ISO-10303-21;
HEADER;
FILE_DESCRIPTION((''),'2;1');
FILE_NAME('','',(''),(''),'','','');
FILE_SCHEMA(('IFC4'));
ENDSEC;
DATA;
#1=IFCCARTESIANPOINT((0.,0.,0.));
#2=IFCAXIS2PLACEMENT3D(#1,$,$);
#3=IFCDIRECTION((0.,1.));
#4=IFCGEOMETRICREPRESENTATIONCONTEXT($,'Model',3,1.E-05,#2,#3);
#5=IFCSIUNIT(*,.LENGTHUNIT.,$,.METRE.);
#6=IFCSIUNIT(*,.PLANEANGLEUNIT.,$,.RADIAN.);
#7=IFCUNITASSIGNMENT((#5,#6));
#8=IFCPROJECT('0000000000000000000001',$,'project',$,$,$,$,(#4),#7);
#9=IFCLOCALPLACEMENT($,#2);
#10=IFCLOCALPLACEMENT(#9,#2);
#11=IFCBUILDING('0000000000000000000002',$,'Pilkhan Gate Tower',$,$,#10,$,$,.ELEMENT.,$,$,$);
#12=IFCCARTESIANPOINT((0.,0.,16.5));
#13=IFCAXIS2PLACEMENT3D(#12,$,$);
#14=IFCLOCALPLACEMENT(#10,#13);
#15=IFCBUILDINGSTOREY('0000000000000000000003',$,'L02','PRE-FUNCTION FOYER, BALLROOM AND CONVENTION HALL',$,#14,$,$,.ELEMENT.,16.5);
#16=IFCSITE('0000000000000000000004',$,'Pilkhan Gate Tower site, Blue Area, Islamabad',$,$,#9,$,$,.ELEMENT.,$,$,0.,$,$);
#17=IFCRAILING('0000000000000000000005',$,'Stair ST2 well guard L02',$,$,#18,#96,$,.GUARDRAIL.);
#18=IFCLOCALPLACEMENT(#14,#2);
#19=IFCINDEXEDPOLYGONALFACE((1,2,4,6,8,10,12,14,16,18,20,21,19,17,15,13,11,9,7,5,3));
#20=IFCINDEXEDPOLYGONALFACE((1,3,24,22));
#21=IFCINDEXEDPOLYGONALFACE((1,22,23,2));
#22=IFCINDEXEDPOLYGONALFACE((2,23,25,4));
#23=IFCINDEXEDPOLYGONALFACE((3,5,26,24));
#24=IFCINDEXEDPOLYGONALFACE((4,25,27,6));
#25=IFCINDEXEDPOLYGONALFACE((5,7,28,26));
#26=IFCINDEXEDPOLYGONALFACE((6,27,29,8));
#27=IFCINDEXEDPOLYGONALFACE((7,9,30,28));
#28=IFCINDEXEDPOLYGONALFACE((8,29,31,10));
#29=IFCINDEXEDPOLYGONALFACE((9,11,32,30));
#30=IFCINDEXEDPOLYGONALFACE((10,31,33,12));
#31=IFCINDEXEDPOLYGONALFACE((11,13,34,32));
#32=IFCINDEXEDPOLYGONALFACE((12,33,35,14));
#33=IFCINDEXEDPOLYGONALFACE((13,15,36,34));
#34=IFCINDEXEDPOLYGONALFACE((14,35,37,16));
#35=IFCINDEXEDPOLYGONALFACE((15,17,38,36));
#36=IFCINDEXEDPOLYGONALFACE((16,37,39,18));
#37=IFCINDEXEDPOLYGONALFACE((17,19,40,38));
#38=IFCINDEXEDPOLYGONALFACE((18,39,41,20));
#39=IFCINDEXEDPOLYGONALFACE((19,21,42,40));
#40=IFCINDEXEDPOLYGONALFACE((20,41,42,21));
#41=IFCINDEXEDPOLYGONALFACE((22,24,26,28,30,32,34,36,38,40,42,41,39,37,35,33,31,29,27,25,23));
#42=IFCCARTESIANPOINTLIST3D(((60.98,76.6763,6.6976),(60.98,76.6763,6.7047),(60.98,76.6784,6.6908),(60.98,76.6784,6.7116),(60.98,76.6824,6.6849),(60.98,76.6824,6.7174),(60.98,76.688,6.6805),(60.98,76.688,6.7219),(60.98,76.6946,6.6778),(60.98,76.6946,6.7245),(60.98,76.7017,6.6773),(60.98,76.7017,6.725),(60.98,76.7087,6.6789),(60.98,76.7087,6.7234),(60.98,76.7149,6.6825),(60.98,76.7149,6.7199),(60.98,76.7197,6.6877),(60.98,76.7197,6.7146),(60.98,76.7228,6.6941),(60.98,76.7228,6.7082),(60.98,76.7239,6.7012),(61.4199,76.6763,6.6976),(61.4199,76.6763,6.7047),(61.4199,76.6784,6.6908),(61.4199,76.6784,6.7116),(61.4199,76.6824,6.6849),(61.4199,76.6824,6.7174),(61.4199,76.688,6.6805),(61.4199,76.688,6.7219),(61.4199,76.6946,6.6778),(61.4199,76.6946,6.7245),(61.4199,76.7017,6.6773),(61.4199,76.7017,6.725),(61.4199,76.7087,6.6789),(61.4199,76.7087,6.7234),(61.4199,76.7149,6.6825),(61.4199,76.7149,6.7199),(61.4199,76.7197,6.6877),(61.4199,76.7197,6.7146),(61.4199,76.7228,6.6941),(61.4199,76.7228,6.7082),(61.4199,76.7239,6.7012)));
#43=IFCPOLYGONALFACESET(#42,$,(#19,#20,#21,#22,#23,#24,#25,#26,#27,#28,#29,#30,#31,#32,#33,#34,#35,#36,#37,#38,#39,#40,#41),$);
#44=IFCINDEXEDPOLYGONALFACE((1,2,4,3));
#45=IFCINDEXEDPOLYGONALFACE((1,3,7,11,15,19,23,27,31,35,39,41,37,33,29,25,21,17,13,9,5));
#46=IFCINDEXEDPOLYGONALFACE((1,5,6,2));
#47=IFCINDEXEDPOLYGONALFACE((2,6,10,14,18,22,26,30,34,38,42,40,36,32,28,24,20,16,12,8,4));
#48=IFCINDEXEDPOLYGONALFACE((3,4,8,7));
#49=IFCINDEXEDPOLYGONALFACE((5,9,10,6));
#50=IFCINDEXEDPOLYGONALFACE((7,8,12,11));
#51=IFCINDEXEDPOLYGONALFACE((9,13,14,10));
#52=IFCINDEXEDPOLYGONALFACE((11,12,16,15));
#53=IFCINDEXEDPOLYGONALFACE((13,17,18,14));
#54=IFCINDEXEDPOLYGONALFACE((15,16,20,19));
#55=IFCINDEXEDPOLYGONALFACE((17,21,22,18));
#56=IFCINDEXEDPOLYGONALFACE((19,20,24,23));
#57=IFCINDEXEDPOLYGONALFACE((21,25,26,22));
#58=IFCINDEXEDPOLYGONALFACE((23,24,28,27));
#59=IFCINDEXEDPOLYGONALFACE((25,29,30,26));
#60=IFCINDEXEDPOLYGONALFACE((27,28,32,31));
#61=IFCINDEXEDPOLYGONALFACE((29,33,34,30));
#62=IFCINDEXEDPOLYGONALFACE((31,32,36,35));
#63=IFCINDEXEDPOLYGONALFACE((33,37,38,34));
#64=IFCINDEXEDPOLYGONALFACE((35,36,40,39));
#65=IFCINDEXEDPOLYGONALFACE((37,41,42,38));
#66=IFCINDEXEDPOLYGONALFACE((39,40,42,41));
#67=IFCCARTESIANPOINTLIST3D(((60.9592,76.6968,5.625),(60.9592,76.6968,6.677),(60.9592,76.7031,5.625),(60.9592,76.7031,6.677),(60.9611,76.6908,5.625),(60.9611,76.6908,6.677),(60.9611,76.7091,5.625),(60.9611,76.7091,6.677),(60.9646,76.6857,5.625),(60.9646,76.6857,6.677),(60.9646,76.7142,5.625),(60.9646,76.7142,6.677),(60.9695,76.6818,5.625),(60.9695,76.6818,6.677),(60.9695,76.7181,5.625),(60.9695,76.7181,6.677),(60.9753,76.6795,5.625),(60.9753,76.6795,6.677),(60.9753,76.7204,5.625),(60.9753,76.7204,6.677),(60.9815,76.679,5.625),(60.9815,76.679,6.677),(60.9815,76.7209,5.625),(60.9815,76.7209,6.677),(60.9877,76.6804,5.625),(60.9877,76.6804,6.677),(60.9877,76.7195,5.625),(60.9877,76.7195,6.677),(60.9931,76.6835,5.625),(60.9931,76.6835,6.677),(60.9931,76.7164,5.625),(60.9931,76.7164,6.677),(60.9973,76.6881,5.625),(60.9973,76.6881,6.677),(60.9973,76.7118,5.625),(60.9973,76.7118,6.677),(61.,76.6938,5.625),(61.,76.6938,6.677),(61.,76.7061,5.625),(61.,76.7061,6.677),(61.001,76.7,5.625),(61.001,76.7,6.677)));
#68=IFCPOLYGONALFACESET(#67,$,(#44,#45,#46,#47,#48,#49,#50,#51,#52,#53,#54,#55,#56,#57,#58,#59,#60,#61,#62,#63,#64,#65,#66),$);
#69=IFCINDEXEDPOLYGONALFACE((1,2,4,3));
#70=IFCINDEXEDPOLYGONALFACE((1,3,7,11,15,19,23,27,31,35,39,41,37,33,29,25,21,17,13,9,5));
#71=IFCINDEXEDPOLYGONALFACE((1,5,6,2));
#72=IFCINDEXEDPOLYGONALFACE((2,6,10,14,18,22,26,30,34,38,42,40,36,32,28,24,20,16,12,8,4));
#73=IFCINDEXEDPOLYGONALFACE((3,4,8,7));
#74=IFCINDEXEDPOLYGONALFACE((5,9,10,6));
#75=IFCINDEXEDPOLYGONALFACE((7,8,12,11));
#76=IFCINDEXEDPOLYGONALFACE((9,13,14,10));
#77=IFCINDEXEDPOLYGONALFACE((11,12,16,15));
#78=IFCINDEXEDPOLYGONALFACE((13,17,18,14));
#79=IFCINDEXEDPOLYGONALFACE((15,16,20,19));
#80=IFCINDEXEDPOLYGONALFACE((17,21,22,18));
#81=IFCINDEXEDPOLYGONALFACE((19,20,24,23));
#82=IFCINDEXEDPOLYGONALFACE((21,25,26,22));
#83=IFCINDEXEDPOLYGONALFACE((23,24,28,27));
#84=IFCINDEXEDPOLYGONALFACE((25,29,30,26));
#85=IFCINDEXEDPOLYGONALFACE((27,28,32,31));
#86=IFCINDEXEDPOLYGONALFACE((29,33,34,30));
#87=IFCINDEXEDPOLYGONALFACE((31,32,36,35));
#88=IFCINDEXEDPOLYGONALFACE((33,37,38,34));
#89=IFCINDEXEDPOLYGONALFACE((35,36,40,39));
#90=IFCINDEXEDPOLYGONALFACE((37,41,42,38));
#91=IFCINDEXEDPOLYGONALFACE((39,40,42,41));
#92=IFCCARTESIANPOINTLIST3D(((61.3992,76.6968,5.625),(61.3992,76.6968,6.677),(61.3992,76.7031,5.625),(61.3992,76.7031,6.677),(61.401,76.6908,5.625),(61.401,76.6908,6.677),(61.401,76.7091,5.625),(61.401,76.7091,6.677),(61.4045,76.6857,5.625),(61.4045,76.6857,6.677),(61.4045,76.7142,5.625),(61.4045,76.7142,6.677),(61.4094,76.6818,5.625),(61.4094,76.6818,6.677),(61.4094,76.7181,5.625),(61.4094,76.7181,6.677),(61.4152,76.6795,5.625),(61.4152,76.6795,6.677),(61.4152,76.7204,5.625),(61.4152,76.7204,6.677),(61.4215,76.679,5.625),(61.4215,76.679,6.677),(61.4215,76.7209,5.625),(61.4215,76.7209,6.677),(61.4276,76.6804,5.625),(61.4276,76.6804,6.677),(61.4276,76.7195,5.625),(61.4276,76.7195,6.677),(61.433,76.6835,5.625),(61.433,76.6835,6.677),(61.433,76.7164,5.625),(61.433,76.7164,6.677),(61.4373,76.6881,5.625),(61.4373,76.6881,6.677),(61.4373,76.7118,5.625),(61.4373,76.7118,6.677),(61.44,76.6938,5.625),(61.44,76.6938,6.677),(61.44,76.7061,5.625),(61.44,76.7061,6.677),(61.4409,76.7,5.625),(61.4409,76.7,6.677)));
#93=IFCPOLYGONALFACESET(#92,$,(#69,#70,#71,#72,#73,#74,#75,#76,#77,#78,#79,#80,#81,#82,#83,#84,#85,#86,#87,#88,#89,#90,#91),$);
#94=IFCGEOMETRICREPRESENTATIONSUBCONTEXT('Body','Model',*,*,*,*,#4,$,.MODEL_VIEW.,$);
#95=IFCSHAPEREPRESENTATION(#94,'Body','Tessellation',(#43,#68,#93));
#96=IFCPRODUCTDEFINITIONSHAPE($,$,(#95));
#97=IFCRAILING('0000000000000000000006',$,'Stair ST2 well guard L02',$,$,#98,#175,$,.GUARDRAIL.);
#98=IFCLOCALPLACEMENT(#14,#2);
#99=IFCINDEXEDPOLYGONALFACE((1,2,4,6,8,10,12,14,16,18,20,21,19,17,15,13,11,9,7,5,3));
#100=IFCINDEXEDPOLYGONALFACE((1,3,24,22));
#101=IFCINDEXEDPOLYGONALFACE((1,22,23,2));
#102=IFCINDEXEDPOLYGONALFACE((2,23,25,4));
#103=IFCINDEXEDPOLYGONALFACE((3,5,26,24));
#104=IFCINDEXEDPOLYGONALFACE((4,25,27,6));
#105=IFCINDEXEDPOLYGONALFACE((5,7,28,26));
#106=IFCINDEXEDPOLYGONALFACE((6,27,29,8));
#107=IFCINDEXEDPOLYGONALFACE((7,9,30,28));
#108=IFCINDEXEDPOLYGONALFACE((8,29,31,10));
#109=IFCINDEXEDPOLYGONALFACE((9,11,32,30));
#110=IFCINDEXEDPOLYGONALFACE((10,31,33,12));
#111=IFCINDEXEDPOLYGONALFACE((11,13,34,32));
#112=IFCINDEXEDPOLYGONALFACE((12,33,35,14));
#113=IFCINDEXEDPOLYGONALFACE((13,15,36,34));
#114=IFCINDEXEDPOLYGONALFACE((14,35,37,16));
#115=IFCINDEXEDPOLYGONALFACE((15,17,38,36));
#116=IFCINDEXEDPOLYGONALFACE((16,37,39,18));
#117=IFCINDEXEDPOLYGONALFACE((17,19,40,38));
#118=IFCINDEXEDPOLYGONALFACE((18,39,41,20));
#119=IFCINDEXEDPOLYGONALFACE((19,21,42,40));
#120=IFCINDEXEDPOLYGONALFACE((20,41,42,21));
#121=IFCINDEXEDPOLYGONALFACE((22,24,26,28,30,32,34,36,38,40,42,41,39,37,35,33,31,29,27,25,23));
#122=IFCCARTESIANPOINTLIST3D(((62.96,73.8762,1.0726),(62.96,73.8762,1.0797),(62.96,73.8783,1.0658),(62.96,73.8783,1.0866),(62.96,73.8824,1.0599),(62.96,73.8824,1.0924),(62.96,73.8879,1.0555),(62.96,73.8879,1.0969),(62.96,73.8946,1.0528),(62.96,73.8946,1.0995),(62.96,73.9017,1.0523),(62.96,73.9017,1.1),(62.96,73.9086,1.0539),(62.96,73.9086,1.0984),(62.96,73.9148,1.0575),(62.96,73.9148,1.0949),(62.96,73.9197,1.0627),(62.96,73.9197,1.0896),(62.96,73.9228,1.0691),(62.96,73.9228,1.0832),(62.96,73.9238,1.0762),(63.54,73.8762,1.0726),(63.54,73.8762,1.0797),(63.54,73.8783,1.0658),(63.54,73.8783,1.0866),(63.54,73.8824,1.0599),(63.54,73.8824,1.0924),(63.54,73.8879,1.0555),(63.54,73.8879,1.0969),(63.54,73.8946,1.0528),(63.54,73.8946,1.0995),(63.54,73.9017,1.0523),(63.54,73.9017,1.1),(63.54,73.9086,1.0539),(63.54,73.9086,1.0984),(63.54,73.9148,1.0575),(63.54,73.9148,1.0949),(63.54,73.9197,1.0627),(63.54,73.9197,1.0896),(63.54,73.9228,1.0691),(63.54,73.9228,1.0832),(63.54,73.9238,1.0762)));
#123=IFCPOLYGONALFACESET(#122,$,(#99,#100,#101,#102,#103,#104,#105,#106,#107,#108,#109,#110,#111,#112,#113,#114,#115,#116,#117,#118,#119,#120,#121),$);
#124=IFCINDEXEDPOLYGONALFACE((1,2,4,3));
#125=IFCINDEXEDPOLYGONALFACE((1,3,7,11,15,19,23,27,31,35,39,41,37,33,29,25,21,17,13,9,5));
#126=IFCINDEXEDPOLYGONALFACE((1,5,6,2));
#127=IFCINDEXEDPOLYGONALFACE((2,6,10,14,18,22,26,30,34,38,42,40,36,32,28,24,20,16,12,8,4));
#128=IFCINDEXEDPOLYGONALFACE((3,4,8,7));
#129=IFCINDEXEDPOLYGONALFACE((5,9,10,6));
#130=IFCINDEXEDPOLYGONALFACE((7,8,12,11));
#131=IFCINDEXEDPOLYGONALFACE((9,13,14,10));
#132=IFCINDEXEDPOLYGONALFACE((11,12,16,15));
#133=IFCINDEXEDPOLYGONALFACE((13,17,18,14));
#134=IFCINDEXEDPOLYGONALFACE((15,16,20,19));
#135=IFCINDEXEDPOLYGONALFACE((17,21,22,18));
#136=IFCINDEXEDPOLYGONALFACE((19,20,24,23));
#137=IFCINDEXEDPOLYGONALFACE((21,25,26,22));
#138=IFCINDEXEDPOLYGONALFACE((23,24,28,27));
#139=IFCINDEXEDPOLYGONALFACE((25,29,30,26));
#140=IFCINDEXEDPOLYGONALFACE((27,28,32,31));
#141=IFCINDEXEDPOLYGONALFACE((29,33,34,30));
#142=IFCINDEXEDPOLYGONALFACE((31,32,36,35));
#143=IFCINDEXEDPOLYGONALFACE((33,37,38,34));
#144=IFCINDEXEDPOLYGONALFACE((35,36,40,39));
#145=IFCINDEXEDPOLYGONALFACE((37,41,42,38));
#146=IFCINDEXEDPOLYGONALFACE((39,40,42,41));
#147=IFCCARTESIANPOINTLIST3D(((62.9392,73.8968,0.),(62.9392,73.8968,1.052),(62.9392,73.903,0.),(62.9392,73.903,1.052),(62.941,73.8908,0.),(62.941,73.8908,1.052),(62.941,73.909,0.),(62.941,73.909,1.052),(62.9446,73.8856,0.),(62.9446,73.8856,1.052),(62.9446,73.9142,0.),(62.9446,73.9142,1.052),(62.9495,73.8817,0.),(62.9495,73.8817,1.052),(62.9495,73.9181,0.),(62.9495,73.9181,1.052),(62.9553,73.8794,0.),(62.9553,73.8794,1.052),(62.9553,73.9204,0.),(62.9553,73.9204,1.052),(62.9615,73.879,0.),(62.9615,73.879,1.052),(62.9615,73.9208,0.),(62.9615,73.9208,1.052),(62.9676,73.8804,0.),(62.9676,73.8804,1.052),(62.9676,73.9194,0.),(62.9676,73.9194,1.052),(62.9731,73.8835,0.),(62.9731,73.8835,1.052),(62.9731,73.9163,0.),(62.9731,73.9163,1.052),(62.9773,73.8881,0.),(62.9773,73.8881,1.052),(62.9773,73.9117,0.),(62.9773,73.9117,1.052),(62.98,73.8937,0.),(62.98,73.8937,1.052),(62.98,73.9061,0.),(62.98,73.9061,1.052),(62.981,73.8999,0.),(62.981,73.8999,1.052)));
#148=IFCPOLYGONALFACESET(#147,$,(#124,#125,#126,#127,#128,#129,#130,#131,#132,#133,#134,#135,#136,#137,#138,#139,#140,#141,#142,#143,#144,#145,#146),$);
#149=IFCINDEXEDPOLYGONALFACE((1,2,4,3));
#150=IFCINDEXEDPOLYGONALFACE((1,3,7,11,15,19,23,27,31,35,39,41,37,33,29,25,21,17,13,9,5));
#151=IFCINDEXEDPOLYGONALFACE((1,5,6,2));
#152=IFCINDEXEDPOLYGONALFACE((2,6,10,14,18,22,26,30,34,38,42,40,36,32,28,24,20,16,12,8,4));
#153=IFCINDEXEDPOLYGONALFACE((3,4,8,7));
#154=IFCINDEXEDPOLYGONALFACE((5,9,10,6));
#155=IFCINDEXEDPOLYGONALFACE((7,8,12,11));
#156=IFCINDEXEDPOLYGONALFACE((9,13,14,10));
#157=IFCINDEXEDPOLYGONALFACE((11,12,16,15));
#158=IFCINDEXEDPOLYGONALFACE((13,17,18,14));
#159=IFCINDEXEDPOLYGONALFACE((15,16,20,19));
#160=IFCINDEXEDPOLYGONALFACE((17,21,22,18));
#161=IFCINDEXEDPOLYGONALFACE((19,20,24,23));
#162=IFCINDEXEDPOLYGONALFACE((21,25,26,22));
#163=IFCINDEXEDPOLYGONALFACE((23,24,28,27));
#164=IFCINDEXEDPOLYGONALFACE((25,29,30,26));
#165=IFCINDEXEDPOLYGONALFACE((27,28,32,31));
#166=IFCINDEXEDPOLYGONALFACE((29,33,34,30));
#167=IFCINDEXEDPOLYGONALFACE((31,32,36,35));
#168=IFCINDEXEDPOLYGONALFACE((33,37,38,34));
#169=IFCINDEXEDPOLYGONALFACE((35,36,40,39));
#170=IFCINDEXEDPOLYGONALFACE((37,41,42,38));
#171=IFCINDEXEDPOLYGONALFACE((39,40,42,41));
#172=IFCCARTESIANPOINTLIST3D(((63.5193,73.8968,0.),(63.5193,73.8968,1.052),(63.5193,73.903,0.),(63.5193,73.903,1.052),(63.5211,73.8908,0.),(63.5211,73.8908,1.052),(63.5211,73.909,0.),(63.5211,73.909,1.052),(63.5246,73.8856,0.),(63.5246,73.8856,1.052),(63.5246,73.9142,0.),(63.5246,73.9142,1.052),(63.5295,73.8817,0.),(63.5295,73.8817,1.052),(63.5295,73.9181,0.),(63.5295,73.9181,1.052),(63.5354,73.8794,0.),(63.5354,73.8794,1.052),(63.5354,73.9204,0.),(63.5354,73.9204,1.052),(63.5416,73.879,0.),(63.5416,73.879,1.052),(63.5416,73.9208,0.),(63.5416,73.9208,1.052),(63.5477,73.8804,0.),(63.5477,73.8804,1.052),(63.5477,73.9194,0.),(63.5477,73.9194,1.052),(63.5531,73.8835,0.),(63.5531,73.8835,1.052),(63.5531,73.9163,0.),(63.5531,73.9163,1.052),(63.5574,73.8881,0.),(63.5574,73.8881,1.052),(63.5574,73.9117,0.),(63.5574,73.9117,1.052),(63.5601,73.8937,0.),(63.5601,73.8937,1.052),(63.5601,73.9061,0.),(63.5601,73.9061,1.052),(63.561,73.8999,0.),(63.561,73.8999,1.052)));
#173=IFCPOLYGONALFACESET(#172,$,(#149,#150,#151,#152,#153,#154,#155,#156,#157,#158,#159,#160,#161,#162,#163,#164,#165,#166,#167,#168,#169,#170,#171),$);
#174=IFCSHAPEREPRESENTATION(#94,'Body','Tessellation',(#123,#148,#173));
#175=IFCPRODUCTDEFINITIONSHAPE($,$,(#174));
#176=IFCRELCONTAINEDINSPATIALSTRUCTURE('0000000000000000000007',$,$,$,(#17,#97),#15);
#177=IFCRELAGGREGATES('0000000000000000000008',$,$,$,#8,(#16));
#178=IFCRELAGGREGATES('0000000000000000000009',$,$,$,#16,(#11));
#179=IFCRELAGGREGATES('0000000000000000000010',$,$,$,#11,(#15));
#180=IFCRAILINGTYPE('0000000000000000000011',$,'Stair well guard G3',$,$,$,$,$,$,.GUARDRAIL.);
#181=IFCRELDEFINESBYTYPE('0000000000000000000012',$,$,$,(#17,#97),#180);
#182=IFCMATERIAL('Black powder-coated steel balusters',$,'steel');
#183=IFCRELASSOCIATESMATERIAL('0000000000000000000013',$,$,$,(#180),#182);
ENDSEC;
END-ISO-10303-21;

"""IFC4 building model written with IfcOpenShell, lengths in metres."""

from ifc_helpers import new_model, si_unit, direction, frame, origin, origin_2d, place, context, subcontext, project, spatial, circle, extrude, material, type_object, element, save


model = new_model("IFC4")

# Units and contexts
model_context = context("Model", 3, precision=1e-05, world=origin(), true_north=direction((0.0, 1.0)))
body_context = subcontext(model_context, "Body", "Model", "MODEL_VIEW")
ifc_project = project(units=[si_unit("LENGTHUNIT", "METRE"), si_unit("PLANEANGLEUNIT", "RADIAN")], contexts=[model_context])

# Site, building, storey
site_placement = place(None, origin())
site = spatial("IfcSite", under=ifc_project, at=site_placement, Name="Pilkhan Gate Tower site, Blue Area, Islamabad", CompositionType="ELEMENT", RefElevation=0.0)
building_placement = place(site_placement, origin())
building = spatial("IfcBuilding", under=site, at=building_placement, Name="Pilkhan Gate Tower", CompositionType="ELEMENT")
storey_placement = place(building_placement, frame((0.0, 0.0, 16.5)))
storey = spatial("IfcBuildingStorey", under=building, at=storey_placement, Name="L02", Description="PRE-FUNCTION FOYER, BALLROOM AND CONVENTION HALL", CompositionType="ELEMENT", Elevation=16.5)

# Railings
ifc_material_1 = material(Name="Black powder-coated steel balusters", Category="steel")
railing_type_1 = type_object("IfcRailingType", Name="Stair well guard G3", PredefinedType="GUARDRAIL", material=ifc_material_1)
for number, where, name in (
    (1, (60.98, 76.7, 5.625), "Stair ST2 well guard L02"),
):
    element("IfcRailing", number, at=place(storey_placement, frame(where)), inside=storey, type_object=railing_type_1, Name=name, PredefinedType="GUARDRAIL", context=body_context, shape_type="SweptSolid", body=[
        extrude(circle(Radius=0.0239, at=origin_2d()), frame((0.0, 0.0, 1.0762), z_axis=(1.0, 0.0, 0.0), x_axis=(0.0, 1.0, 0.0)), (0.0, 0.0, 1.0), 0.4399),
        extrude(circle(Radius=0.021, at=origin_2d()), origin(), (0.0, 0.0, 1.0), 1.052),
        extrude(circle(Radius=0.021, at=origin_2d()), frame((0.4399, 0.0, 0.0)), (0.0, 0.0, 1.0), 1.052),
    ])
for number, where, name in (
    (2, (62.96, 73.8999, 0.0), "Stair ST2 well guard L02"),
):
    element("IfcRailing", number, at=place(storey_placement, frame(where)), inside=storey, type_object=railing_type_1, Name=name, PredefinedType="GUARDRAIL", context=body_context, shape_type="SweptSolid", body=[
        extrude(circle(Radius=0.0239, at=origin_2d()), frame((0.0, 0.0, 1.0762), z_axis=(1.0, 0.0, 0.0), x_axis=(0.0, 1.0, 0.0)), (0.0, 0.0, 1.0), 0.5801),
        extrude(circle(Radius=0.021, at=origin_2d()), origin(), (0.0, 0.0, 1.0), 1.052),
        extrude(circle(Radius=0.021, at=origin_2d()), frame((0.5801, 0.0, 0.0)), (0.0, 0.0, 1.0), 1.052),
    ])

save(model, "model.ifc")
